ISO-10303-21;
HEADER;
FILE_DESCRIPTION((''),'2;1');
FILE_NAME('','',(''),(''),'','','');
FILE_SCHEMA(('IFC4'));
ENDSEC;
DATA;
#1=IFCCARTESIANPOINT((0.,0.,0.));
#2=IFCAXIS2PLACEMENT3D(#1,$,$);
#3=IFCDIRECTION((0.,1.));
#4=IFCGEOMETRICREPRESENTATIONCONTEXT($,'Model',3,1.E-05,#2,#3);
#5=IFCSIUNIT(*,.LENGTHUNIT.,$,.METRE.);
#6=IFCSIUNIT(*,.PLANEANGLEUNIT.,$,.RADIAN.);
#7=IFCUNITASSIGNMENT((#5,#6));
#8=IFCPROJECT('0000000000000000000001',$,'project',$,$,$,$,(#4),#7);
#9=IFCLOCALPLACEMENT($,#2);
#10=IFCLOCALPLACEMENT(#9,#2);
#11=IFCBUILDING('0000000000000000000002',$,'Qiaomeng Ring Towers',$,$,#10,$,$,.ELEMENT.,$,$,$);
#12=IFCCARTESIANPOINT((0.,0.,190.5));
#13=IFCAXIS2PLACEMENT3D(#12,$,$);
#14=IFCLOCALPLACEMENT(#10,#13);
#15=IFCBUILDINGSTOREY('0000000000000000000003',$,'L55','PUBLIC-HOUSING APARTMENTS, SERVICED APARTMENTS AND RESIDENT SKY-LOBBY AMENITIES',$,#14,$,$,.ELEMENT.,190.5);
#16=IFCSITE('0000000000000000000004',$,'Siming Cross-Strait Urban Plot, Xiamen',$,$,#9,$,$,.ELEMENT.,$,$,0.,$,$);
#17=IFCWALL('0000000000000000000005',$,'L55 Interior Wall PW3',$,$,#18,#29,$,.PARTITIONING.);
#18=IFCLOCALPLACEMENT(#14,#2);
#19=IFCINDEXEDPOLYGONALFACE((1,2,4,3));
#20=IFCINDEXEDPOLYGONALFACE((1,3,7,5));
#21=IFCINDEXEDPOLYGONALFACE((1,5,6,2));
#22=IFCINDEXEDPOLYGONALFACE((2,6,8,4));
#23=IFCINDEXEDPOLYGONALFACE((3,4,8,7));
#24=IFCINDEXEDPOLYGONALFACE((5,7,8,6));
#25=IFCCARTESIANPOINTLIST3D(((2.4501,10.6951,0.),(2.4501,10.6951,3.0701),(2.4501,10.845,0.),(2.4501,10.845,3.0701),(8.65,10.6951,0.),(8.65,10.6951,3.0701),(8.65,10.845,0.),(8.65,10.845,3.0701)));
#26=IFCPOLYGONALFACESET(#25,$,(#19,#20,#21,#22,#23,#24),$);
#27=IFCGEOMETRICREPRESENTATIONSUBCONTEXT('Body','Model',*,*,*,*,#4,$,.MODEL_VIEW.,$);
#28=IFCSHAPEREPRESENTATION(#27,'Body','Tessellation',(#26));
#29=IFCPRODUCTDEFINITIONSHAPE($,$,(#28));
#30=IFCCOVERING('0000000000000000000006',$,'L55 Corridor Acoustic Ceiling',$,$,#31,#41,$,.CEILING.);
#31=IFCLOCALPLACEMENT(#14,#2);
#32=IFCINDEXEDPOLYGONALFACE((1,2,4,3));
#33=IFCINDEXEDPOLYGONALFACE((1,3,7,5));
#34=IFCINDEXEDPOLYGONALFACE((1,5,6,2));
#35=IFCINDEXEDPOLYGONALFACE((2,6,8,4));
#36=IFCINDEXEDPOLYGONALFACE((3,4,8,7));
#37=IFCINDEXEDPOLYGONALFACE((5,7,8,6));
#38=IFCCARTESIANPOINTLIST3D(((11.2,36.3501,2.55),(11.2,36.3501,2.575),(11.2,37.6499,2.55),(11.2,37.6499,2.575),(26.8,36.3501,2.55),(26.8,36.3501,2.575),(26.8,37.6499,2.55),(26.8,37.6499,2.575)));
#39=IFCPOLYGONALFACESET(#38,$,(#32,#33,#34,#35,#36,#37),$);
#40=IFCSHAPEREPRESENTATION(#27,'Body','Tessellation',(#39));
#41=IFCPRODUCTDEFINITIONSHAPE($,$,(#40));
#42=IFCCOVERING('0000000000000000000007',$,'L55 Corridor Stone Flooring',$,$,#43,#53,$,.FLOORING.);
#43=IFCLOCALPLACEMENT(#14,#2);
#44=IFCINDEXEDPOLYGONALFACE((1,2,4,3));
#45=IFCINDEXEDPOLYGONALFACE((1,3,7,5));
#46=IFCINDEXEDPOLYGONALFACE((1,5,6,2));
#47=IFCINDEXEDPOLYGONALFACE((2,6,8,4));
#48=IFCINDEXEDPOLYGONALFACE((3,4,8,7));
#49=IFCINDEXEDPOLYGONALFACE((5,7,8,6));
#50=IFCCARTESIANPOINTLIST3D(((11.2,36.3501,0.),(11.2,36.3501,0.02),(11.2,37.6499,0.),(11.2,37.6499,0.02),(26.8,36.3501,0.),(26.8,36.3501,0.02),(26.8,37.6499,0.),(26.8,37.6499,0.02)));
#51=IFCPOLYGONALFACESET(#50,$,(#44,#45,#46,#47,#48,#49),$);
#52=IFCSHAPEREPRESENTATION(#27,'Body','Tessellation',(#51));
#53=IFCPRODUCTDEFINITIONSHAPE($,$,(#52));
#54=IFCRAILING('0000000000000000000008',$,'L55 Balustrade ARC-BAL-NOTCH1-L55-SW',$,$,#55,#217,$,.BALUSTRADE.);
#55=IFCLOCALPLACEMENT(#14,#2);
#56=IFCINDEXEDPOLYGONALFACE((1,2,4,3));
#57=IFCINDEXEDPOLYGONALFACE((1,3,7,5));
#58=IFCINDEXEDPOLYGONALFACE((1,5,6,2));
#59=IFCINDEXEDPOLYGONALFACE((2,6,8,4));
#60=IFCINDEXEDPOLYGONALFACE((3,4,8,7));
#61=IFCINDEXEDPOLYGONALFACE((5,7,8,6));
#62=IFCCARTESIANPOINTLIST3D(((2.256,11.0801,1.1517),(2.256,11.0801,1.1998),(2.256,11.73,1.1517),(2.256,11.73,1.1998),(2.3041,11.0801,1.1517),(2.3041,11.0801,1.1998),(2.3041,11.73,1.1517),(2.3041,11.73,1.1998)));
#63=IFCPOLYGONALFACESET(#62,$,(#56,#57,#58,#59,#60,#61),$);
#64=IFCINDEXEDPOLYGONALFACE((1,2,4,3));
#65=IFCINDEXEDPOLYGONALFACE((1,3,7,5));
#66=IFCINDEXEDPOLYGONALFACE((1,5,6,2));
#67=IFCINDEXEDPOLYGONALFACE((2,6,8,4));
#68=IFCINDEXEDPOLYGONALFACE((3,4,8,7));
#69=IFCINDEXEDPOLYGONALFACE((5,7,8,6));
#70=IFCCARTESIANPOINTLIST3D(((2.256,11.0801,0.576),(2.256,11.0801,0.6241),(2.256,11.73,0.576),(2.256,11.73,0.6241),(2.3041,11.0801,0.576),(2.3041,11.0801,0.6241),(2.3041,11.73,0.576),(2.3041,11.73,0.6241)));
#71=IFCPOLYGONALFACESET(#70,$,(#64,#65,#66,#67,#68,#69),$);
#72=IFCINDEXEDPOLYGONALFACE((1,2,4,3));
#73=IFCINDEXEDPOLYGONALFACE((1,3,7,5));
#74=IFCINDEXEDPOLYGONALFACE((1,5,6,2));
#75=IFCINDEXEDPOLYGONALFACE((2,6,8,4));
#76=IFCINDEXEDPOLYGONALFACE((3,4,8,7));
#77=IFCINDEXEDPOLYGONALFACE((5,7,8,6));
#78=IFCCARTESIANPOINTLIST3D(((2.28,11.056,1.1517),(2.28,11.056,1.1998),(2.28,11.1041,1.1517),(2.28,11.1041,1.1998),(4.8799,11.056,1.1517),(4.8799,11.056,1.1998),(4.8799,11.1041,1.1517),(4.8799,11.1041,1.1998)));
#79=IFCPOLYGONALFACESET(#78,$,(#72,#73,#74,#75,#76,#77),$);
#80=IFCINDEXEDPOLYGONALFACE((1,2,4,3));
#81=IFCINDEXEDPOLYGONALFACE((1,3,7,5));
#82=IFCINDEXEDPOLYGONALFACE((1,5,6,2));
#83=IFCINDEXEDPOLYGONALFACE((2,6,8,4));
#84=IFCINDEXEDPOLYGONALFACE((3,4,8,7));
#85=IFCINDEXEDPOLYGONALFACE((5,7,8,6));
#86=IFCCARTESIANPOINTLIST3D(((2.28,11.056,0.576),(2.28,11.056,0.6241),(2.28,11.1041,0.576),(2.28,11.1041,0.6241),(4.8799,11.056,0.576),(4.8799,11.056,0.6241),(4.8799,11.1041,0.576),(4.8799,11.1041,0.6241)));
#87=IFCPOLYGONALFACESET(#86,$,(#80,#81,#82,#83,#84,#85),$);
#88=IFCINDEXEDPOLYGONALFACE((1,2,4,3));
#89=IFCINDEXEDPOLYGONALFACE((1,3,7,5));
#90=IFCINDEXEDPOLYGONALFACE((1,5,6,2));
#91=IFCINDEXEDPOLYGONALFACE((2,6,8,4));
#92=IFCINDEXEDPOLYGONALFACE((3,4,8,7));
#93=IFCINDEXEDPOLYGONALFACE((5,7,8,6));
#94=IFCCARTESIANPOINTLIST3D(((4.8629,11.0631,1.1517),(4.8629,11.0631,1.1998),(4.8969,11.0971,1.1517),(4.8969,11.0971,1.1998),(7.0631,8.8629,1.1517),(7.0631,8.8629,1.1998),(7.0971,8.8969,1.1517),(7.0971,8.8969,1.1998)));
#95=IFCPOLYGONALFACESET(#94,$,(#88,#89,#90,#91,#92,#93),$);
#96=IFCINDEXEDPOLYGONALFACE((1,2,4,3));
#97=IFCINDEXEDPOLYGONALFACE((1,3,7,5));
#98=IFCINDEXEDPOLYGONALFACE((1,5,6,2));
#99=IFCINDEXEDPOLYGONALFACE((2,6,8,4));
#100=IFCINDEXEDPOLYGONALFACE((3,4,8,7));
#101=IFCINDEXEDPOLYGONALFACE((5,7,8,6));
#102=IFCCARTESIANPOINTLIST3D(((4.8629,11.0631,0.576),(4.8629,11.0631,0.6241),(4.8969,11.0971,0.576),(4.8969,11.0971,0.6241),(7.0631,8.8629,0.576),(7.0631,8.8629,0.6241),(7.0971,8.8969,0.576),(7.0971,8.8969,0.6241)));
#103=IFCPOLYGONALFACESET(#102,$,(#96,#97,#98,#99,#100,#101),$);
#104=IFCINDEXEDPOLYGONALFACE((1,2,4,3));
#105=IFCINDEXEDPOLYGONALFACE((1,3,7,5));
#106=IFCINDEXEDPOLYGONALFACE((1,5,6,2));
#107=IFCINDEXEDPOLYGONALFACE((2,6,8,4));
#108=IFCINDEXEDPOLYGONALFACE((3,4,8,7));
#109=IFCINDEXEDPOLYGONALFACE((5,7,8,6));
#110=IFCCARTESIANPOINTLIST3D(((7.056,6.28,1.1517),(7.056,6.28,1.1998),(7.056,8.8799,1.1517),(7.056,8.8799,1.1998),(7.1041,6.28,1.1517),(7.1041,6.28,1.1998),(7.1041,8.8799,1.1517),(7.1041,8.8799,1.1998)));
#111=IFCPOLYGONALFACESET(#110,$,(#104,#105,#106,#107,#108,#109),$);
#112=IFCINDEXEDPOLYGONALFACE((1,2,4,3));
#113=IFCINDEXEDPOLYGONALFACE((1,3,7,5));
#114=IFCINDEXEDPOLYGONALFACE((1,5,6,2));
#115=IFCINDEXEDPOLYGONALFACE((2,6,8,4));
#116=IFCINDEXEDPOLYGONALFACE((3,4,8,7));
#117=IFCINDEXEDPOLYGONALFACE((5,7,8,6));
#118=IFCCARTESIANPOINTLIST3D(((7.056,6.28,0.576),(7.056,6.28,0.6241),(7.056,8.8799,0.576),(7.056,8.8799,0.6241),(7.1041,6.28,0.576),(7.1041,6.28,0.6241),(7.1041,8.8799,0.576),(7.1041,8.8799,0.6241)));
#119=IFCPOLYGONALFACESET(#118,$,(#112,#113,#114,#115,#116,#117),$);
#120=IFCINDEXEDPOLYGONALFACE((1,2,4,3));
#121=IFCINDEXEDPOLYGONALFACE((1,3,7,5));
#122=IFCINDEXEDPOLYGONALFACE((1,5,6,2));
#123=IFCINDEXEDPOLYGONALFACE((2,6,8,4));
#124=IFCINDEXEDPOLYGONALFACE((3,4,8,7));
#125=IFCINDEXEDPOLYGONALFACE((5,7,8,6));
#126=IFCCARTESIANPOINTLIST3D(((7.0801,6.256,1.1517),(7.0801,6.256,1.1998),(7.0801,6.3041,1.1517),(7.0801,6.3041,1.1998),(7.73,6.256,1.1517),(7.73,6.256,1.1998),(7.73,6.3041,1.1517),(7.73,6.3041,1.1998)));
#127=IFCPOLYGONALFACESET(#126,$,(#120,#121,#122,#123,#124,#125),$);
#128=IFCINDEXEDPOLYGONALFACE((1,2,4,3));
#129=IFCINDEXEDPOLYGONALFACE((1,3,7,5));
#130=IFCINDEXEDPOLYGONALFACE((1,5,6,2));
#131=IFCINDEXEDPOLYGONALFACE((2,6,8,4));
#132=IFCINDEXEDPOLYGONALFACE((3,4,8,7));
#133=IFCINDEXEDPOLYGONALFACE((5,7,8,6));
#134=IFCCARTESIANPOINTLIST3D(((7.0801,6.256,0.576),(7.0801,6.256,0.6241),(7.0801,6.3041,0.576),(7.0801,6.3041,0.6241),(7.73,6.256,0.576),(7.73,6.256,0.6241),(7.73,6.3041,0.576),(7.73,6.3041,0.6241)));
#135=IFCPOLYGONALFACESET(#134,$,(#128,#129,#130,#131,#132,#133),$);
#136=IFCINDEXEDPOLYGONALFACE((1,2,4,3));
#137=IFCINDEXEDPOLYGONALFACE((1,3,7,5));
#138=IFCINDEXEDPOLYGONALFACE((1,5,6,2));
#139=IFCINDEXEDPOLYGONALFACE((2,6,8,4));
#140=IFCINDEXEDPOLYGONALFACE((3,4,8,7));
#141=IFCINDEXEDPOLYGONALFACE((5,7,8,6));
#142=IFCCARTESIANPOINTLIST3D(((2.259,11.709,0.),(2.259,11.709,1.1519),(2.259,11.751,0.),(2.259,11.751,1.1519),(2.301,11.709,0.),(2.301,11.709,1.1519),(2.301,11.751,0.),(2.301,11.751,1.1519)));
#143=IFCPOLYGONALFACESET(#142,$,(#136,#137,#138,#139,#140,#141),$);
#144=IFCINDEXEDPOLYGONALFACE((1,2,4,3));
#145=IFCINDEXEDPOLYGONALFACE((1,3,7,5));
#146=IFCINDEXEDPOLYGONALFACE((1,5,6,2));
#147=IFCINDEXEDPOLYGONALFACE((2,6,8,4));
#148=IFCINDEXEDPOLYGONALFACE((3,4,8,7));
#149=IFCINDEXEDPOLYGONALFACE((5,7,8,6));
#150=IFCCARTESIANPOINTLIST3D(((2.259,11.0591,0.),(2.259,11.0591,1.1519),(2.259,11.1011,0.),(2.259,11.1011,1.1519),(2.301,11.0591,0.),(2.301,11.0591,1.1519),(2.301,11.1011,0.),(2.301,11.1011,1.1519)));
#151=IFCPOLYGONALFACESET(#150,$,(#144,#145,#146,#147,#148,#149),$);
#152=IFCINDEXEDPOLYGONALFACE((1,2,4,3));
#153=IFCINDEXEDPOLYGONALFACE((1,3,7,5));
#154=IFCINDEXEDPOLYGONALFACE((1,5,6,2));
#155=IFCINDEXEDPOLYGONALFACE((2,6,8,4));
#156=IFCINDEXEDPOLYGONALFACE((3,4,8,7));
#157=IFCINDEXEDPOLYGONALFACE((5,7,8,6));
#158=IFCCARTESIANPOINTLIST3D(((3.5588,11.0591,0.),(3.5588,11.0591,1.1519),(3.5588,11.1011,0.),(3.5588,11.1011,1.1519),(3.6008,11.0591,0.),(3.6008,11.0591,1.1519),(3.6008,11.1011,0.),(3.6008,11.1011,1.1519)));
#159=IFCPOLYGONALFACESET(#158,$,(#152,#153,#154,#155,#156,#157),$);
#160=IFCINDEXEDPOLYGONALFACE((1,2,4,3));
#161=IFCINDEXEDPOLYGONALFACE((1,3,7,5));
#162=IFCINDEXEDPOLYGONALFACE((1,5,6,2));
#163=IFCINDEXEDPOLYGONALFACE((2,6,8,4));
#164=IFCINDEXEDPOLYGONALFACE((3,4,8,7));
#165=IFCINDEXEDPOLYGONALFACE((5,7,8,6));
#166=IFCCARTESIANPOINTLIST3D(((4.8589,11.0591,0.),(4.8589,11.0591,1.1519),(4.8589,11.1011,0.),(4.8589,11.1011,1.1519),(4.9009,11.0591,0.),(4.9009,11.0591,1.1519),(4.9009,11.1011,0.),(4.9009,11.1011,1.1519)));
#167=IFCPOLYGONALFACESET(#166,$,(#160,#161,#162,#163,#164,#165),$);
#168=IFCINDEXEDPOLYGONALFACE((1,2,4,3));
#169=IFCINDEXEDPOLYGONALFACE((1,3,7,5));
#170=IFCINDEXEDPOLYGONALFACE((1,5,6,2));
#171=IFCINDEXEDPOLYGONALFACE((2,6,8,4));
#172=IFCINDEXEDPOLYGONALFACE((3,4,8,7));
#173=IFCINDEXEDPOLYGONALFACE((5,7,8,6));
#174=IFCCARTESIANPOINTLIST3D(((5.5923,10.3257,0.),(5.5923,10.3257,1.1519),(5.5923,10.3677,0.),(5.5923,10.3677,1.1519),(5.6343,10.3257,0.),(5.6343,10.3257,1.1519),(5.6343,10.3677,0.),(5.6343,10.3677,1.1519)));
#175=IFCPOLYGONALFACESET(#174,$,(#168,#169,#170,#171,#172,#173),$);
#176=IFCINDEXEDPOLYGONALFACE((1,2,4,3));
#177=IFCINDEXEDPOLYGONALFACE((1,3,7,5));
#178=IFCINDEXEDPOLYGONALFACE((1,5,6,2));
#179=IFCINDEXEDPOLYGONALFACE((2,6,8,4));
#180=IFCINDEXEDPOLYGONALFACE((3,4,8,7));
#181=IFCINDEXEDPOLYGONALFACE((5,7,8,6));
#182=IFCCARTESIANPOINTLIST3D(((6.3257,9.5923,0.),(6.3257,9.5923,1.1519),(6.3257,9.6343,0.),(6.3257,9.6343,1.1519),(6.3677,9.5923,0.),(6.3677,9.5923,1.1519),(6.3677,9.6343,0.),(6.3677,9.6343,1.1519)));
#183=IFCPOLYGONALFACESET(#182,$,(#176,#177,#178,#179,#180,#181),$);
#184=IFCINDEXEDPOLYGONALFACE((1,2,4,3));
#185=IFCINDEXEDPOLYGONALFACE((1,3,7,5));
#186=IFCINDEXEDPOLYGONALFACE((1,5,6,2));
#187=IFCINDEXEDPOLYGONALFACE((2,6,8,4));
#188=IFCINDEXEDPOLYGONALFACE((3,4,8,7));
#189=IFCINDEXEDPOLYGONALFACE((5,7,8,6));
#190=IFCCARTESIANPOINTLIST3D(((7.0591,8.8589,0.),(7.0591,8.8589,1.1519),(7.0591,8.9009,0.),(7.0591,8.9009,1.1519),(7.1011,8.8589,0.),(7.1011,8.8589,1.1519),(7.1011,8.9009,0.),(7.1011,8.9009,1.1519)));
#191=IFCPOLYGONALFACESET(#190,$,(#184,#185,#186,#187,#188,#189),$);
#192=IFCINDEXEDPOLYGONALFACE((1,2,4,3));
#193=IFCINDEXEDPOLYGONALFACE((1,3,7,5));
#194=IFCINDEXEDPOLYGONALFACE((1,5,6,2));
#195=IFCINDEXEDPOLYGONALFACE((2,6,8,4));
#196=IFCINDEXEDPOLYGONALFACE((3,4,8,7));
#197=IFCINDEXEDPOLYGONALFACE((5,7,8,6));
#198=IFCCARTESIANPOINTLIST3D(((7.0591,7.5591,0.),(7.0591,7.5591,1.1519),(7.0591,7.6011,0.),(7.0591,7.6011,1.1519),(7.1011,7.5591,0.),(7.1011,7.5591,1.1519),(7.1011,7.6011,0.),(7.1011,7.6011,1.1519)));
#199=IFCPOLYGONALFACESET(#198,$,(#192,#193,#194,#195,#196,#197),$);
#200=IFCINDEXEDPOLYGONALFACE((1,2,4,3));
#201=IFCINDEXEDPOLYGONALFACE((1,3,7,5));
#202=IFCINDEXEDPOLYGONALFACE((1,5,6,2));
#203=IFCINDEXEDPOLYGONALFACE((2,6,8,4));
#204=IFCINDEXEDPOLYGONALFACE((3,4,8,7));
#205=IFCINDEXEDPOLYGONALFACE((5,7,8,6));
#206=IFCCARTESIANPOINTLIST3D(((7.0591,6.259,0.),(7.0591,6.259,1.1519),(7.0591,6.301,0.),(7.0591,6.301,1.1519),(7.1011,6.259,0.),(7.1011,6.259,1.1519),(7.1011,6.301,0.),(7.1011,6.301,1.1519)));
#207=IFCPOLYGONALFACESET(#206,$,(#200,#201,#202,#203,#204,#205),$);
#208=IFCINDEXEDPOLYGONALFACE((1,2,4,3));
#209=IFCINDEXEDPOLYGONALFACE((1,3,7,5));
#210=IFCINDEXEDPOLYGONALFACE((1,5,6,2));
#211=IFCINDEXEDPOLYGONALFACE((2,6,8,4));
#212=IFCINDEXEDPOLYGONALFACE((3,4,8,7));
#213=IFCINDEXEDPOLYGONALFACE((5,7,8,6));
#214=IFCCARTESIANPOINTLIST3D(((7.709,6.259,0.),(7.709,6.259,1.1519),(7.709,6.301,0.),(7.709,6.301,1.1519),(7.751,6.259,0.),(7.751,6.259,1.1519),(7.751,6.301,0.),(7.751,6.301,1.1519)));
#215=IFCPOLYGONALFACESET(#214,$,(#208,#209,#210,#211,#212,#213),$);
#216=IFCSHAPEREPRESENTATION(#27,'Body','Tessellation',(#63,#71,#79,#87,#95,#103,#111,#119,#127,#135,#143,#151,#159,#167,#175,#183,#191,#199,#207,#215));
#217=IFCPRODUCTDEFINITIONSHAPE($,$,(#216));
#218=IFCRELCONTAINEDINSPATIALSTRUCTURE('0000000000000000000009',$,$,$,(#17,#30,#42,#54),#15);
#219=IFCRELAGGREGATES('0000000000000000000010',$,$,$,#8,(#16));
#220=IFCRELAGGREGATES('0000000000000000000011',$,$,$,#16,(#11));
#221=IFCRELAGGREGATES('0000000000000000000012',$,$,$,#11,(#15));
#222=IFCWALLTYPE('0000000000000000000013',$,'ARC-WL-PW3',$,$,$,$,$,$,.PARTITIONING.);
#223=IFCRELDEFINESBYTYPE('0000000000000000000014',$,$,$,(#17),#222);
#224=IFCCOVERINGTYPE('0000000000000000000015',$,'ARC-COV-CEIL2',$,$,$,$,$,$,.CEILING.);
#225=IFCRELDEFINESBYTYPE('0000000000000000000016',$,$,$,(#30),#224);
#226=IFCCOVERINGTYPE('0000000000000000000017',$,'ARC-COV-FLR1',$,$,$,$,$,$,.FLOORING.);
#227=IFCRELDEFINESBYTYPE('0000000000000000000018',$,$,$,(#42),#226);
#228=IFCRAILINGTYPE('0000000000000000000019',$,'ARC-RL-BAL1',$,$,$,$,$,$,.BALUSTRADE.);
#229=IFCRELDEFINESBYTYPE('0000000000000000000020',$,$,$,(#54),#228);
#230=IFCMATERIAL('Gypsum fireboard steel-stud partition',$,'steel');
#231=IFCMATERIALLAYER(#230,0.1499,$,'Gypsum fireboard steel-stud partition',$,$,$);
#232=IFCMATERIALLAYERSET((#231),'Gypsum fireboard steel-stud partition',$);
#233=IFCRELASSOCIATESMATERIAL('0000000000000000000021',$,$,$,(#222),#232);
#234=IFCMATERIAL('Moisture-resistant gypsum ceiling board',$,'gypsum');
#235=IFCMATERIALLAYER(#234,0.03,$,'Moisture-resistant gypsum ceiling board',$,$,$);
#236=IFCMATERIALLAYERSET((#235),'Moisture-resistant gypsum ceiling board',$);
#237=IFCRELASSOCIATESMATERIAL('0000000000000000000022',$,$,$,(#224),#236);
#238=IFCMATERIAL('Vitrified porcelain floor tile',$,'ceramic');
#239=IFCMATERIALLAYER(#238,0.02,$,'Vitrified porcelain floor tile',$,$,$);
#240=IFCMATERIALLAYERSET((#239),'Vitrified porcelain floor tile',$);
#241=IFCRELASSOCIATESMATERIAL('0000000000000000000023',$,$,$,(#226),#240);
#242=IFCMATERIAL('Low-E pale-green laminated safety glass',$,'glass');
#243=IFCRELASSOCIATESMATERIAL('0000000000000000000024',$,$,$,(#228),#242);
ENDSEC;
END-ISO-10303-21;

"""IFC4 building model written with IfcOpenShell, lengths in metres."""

from ifc_helpers import new_model, si_unit, direction, frame, frame_2d, origin, origin_2d, place, context, subcontext, project, spatial, polyline, rectangle, outline, extrude, material, layer, layer_set, type_object, element, save


model = new_model("IFC4")

# Units and contexts
model_context = context("Model", 3, precision=1e-05, world=origin(), true_north=direction((0.0, 1.0)))
body_context = subcontext(model_context, "Body", "Model", "MODEL_VIEW")
ifc_project = project(units=[si_unit("LENGTHUNIT", "METRE"), si_unit("PLANEANGLEUNIT", "RADIAN")], contexts=[model_context])

# Site, building, storey
site_placement = place(None, origin())
site = spatial("IfcSite", under=ifc_project, at=site_placement, Name="Siming Cross-Strait Urban Plot, Xiamen", CompositionType="ELEMENT", RefElevation=0.0)
building_placement = place(site_placement, origin())
building = spatial("IfcBuilding", under=site, at=building_placement, Name="Qiaomeng Ring Towers", CompositionType="ELEMENT")
storey_placement = place(building_placement, frame((0.0, 0.0, 190.5)))
storey = spatial("IfcBuildingStorey", under=building, at=storey_placement, Name="L55", Description="PUBLIC-HOUSING APARTMENTS, SERVICED APARTMENTS AND RESIDENT SKY-LOBBY AMENITIES", CompositionType="ELEMENT", Elevation=190.5)

# Wall
ifc_material_1 = material(Name="Gypsum fireboard steel-stud partition", Category="steel")
ifc_layer_1 = layer(ifc_material_1, 0.1499, Name="Gypsum fireboard steel-stud partition")
ifc_layer_set_1 = layer_set([ifc_layer_1], Name="Gypsum fireboard steel-stud partition")
wall_type_1 = type_object("IfcWallType", Name="ARC-WL-PW3", PredefinedType="PARTITIONING", material=ifc_layer_set_1)
wall_1_placement = place(storey_placement, frame((2.45, 10.77, 0.0), z_axis=(0.0, 0.0, 1.0), x_axis=(1.0, 0.0, 0.0)))
element("IfcWall", 1, at=wall_1_placement, inside=storey, type_object=wall_type_1, Name="L55 Interior Wall PW3", PredefinedType="PARTITIONING", context=body_context, shape_type="SweptSolid", body=[
    extrude(rectangle(XDim=6.2, YDim=0.1499, at=frame_2d((3.1001, 0.0))), origin(), (0.0, 0.0, 1.0), 3.0701),
])

# Coverings
ifc_material_2 = material(Name="Moisture-resistant gypsum ceiling board", Category="gypsum")
ifc_layer_2 = layer(ifc_material_2, 0.03, Name="Moisture-resistant gypsum ceiling board")
ifc_layer_set_2 = layer_set([ifc_layer_2], Name="Moisture-resistant gypsum ceiling board")
covering_type_1 = type_object("IfcCoveringType", Name="ARC-COV-CEIL2", PredefinedType="CEILING", material=ifc_layer_set_2)
covering_1_placement = place(storey_placement, frame((0.0, 0.0, 2.55)))
element("IfcCovering", 2, at=covering_1_placement, inside=storey, type_object=covering_type_1, Name="L55 Corridor Acoustic Ceiling", PredefinedType="CEILING", context=body_context, shape_type="SweptSolid", body=[
    extrude(outline(polyline([(11.2, 36.3501), (11.2, 37.6499), (26.8, 37.6499), (26.8, 36.3501), (11.2, 36.3501)])), origin(), (0.0, 0.0, 1.0), 0.0249),
])
ifc_material_3 = material(Name="Vitrified porcelain floor tile", Category="ceramic")
ifc_layer_3 = layer(ifc_material_3, 0.02, Name="Vitrified porcelain floor tile")
ifc_layer_set_3 = layer_set([ifc_layer_3], Name="Vitrified porcelain floor tile")
covering_type_2 = type_object("IfcCoveringType", Name="ARC-COV-FLR1", PredefinedType="FLOORING", material=ifc_layer_set_3)
covering_2_placement = place(storey_placement, origin())
element("IfcCovering", 3, at=covering_2_placement, inside=storey, type_object=covering_type_2, Name="L55 Corridor Stone Flooring", PredefinedType="FLOORING", context=body_context, shape_type="SweptSolid", body=[
    extrude(outline(polyline([(11.2, 36.3501), (11.2, 37.6499), (26.8, 37.6499), (26.8, 36.3501), (11.2, 36.3501)])), origin(), (0.0, 0.0, 1.0), 0.02),
])

# Railing
ifc_material_4 = material(Name="Low-E pale-green laminated safety glass", Category="glass")
railing_type = type_object("IfcRailingType", Name="ARC-RL-BAL1", PredefinedType="BALUSTRADE", material=ifc_material_4)
railing_placement = place(storey_placement, frame((2.28, 11.73, 0.0)))
element("IfcRailing", 4, at=railing_placement, inside=storey, type_object=railing_type, Name="L55 Balustrade ARC-BAL-NOTCH1-L55-SW", PredefinedType="BALUSTRADE", context=body_context, shape_type="SweptSolid", body=[
    extrude(rectangle(XDim=0.0481, YDim=0.0481, at=origin_2d()), frame((0.0, 0.0, 1.1758), z_axis=(0.0, -1.0, 0.0), x_axis=(1.0, 0.0, 0.0)), (0.0, 0.0, 1.0), 0.6499),
    extrude(rectangle(XDim=0.0481, YDim=0.0481, at=origin_2d()), frame((0.0, 0.0, 0.6001), z_axis=(0.0, -1.0, 0.0), x_axis=(1.0, 0.0, 0.0)), (0.0, 0.0, 1.0), 0.6499),
    extrude(rectangle(XDim=0.0481, YDim=0.0481, at=origin_2d()), frame((0.0, -0.6499, 1.1758), z_axis=(1.0, 0.0, 0.0), x_axis=(0.0, 1.0, 0.0)), (0.0, 0.0, 1.0), 2.5999),
    extrude(rectangle(XDim=0.0481, YDim=0.0481, at=origin_2d()), frame((0.0, -0.6499, 0.6001), z_axis=(1.0, 0.0, 0.0), x_axis=(0.0, 1.0, 0.0)), (0.0, 0.0, 1.0), 2.5999),
    extrude(rectangle(XDim=0.0481, YDim=0.0481, at=origin_2d()), frame((2.5999, -0.6499, 1.1758), z_axis=(0.707107, -0.707107, 0.0), x_axis=(0.707107, 0.707107, 0.0)), (0.0, 0.0, 1.0), 3.1116),
    extrude(rectangle(XDim=0.0481, YDim=0.0481, at=origin_2d()), frame((2.5999, -0.6499, 0.6001), z_axis=(0.707107, -0.707107, 0.0), x_axis=(0.707107, 0.707107, 0.0)), (0.0, 0.0, 1.0), 3.1116),
    extrude(rectangle(XDim=0.0481, YDim=0.0481, at=origin_2d()), frame((4.8, -2.8501, 1.1758), z_axis=(0.0, -1.0, 0.0), x_axis=(1.0, 0.0, 0.0)), (0.0, 0.0, 1.0), 2.5999),
    extrude(rectangle(XDim=0.0481, YDim=0.0481, at=origin_2d()), frame((4.8, -2.8501, 0.6001), z_axis=(0.0, -1.0, 0.0), x_axis=(1.0, 0.0, 0.0)), (0.0, 0.0, 1.0), 2.5999),
    extrude(rectangle(XDim=0.0481, YDim=0.0481, at=origin_2d()), frame((4.8, -5.45, 1.1758), z_axis=(1.0, 0.0, 0.0), x_axis=(0.0, 1.0, 0.0)), (0.0, 0.0, 1.0), 0.6499),
    extrude(rectangle(XDim=0.0481, YDim=0.0481, at=origin_2d()), frame((4.8, -5.45, 0.6001), z_axis=(1.0, 0.0, 0.0), x_axis=(0.0, 1.0, 0.0)), (0.0, 0.0, 1.0), 0.6499),
    extrude(rectangle(XDim=0.042, YDim=0.042, at=origin_2d()), origin(), (0.0, 0.0, 1.0), 1.1519),
    extrude(rectangle(XDim=0.042, YDim=0.042, at=origin_2d()), frame((0.0, -0.6499, 0.0)), (0.0, 0.0, 1.0), 1.1519),
    extrude(rectangle(XDim=0.042, YDim=0.042, at=origin_2d()), frame((1.2998, -0.6499, 0.0)), (0.0, 0.0, 1.0), 1.1519),
    extrude(rectangle(XDim=0.042, YDim=0.042, at=origin_2d()), frame((2.5999, -0.6499, 0.0)), (0.0, 0.0, 1.0), 1.1519),
    extrude(rectangle(XDim=0.042, YDim=0.042, at=origin_2d()), frame((3.3333, -1.3833, 0.0)), (0.0, 0.0, 1.0), 1.1519),
    extrude(rectangle(XDim=0.042, YDim=0.042, at=origin_2d()), frame((4.0667, -2.1167, 0.0)), (0.0, 0.0, 1.0), 1.1519),
    extrude(rectangle(XDim=0.042, YDim=0.042, at=origin_2d()), frame((4.8, -2.8501, 0.0)), (0.0, 0.0, 1.0), 1.1519),
    extrude(rectangle(XDim=0.042, YDim=0.042, at=origin_2d()), frame((4.8, -4.1499, 0.0)), (0.0, 0.0, 1.0), 1.1519),
    extrude(rectangle(XDim=0.042, YDim=0.042, at=origin_2d()), frame((4.8, -5.45, 0.0)), (0.0, 0.0, 1.0), 1.1519),
    extrude(rectangle(XDim=0.042, YDim=0.042, at=origin_2d()), frame((5.45, -5.45, 0.0)), (0.0, 0.0, 1.0), 1.1519),
])

save(model, "model.ifc")
